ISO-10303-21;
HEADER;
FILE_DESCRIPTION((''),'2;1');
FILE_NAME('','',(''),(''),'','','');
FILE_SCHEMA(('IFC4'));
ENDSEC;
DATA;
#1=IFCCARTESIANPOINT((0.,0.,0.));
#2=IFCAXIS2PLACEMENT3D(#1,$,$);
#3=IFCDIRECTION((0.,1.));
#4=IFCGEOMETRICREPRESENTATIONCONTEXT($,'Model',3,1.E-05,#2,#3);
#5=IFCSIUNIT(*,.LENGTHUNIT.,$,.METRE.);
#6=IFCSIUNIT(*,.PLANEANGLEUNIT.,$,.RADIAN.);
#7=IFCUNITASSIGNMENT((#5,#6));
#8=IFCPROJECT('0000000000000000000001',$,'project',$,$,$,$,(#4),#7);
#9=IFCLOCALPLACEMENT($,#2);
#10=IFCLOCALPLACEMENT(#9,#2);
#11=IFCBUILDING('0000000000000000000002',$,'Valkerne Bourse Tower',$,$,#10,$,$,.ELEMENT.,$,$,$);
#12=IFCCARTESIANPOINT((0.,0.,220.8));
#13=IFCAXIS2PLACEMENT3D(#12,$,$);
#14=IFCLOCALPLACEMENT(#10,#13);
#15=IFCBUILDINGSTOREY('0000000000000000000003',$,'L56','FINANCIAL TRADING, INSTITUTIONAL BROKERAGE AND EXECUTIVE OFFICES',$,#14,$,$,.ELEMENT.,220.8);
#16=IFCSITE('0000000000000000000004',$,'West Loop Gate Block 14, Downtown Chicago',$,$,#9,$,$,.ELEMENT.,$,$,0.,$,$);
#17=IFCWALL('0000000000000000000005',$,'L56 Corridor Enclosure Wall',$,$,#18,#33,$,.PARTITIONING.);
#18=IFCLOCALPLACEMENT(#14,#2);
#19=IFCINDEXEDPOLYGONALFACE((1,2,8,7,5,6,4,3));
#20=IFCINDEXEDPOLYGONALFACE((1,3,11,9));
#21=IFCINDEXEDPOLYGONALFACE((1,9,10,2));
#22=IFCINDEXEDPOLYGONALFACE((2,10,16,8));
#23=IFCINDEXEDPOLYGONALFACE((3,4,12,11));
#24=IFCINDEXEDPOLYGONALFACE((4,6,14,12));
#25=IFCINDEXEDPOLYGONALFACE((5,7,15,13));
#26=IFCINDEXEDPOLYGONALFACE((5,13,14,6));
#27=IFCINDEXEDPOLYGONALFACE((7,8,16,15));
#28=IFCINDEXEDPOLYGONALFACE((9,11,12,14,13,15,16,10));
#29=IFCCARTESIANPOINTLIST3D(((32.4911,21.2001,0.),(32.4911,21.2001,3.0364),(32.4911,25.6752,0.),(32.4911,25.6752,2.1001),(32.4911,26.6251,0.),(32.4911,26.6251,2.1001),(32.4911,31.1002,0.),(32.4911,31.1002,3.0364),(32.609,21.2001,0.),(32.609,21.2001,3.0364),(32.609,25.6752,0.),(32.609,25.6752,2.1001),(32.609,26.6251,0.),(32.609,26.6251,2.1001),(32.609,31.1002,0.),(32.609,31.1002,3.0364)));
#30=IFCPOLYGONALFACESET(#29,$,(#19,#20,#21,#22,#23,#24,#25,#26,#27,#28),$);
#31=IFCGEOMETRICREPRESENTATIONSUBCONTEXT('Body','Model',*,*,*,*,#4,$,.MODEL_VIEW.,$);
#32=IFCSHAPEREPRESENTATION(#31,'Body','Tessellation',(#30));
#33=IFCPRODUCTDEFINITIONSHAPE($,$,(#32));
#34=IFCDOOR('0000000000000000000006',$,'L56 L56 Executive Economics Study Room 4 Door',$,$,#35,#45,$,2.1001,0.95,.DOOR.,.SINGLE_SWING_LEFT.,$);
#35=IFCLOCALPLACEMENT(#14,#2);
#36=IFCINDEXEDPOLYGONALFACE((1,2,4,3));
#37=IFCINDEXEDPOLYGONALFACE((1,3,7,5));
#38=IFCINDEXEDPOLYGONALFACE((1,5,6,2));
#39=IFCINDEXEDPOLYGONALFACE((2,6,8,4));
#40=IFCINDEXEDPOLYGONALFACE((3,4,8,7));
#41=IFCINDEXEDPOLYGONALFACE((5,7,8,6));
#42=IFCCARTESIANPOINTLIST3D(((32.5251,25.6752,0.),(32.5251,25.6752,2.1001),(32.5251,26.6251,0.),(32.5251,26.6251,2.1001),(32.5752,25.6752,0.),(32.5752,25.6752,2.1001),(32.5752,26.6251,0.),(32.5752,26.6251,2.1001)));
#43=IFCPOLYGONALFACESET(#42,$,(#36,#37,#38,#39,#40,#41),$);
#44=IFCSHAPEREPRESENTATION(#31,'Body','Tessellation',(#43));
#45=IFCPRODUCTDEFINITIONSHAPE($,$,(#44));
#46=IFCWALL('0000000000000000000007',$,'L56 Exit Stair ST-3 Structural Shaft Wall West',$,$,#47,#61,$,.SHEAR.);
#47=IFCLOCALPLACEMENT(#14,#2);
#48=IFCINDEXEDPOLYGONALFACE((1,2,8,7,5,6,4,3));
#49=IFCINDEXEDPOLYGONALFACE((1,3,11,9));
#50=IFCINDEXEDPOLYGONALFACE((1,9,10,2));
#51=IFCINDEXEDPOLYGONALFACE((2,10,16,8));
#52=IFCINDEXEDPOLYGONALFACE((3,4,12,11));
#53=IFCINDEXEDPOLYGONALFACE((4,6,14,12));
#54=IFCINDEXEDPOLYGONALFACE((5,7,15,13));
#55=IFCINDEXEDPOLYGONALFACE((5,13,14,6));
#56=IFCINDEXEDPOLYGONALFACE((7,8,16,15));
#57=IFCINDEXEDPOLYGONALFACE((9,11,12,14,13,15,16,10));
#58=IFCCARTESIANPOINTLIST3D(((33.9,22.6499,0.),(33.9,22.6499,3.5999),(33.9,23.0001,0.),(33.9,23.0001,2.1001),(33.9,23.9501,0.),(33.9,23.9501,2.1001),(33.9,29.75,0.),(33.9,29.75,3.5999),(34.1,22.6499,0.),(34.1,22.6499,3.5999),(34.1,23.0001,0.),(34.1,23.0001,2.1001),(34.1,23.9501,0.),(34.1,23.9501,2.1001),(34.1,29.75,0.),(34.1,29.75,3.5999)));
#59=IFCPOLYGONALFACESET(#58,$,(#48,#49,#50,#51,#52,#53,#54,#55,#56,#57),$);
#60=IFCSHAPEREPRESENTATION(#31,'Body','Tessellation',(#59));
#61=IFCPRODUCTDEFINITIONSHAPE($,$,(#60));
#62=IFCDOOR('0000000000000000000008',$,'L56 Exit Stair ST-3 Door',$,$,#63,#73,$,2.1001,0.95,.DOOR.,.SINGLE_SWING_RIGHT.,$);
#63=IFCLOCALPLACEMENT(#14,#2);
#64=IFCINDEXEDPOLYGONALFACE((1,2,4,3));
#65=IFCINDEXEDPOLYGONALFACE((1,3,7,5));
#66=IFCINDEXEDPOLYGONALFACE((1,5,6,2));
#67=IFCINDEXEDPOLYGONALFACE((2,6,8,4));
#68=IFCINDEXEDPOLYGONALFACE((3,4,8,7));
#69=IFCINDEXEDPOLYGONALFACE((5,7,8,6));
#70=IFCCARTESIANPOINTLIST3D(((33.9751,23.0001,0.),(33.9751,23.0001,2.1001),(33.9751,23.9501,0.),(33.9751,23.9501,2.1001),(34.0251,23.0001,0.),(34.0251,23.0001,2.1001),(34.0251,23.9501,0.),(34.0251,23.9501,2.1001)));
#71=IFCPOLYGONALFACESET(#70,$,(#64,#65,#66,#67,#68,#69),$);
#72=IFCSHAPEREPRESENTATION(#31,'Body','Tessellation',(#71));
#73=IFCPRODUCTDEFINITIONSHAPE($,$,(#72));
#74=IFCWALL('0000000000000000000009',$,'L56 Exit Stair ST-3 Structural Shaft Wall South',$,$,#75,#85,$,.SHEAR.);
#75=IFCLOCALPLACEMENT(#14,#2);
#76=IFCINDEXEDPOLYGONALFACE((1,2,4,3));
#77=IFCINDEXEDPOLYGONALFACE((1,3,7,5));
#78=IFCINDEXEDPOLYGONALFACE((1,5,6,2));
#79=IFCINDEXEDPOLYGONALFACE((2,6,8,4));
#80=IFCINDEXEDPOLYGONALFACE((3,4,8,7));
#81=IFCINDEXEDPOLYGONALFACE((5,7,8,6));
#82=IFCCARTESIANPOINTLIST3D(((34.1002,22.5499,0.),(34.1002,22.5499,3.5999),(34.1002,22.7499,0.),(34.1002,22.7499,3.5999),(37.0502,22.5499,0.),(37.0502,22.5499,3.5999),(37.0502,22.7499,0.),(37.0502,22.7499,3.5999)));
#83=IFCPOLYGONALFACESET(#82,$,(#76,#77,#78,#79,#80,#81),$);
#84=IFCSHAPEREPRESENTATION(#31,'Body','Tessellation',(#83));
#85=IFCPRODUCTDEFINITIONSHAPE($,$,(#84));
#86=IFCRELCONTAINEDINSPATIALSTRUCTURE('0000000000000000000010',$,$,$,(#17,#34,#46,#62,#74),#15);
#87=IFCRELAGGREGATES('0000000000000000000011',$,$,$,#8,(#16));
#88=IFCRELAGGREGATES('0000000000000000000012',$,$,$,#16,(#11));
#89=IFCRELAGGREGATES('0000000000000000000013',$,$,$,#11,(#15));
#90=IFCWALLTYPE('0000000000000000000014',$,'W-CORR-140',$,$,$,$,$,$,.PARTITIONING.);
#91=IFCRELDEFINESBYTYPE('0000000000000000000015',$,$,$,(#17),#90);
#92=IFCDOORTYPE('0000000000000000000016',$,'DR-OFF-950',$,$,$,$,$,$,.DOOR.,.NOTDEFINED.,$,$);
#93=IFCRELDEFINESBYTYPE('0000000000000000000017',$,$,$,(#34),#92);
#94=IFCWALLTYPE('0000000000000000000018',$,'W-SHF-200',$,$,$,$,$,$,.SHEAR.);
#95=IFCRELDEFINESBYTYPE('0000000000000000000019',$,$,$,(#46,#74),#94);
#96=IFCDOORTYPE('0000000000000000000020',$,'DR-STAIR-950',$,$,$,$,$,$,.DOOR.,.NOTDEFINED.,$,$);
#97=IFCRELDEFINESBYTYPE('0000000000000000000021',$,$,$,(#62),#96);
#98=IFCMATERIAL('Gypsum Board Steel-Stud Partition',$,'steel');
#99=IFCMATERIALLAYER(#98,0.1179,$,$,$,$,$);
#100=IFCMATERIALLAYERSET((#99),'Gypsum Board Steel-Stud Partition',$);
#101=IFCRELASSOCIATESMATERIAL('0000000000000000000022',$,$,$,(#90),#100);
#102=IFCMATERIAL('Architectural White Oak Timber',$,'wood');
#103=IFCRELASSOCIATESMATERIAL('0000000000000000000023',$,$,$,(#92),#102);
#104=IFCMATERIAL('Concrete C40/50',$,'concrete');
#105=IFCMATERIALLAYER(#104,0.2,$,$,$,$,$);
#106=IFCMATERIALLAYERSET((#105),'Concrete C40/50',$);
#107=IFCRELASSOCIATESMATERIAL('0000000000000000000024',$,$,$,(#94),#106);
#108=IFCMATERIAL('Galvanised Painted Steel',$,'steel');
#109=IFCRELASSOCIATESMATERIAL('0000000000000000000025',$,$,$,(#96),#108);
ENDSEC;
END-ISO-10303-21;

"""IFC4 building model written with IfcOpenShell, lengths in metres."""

from ifc_helpers import new_model, si_unit, direction, frame, frame_2d, origin, place, context, subcontext, project, spatial, rectangle, extrude, material, layer, layer_set, type_object, element, fill, save


model = new_model("IFC4")

# Units and contexts
model_context = context("Model", 3, precision=1e-05, world=origin(), true_north=direction((0.0, 1.0)))
body_context = subcontext(model_context, "Body", "Model", "MODEL_VIEW")
ifc_project = project(units=[si_unit("LENGTHUNIT", "METRE"), si_unit("PLANEANGLEUNIT", "RADIAN")], contexts=[model_context])

# Site, building, storey
site_placement = place(None, origin())
site = spatial("IfcSite", under=ifc_project, at=site_placement, Name="West Loop Gate Block 14, Downtown Chicago", CompositionType="ELEMENT", RefElevation=0.0)
building_placement = place(site_placement, origin())
building = spatial("IfcBuilding", under=site, at=building_placement, Name="Valkerne Bourse Tower", CompositionType="ELEMENT")
storey_placement = place(building_placement, frame((0.0, 0.0, 220.8)))
storey = spatial("IfcBuildingStorey", under=building, at=storey_placement, Name="L56", Description="FINANCIAL TRADING, INSTITUTIONAL BROKERAGE AND EXECUTIVE OFFICES", CompositionType="ELEMENT", Elevation=220.8)

# Walls, openings, doors
ifc_material_1 = material(Name="Gypsum Board Steel-Stud Partition", Category="steel")
ifc_layer_1 = layer(ifc_material_1, 0.1179)
ifc_layer_set_1 = layer_set([ifc_layer_1], Name="Gypsum Board Steel-Stud Partition")
wall_type_1 = type_object("IfcWallType", Name="W-CORR-140", PredefinedType="PARTITIONING", material=ifc_layer_set_1)
wall_1_placement = place(storey_placement, frame((32.55, 21.2, 0.0), z_axis=(0.0, 0.0, 1.0), x_axis=(0.0, 1.0, 0.0)))
wall_1 = element("IfcWall", 1, at=wall_1_placement, inside=storey, type_object=wall_type_1, Name="L56 Corridor Enclosure Wall", PredefinedType="PARTITIONING", context=body_context, shape_type="SweptSolid", body=[
    extrude(rectangle(XDim=9.9001, YDim=0.1179, at=frame_2d((4.9502, 0.0))), origin(), (0.0, 0.0, 1.0), 3.0364),
])
opening_1_placement = place(wall_1_placement, frame((4.4751, 0.0, 0.0)))
opening_1 = element("IfcOpeningElement", 2, at=opening_1_placement, cuts=wall_1, PredefinedType="OPENING", context=body_context, shape_type="SweptSolid", body=[
    extrude(rectangle(XDim=0.95, YDim=2.1001, at=frame_2d((0.4751, 1.05))), frame((0.0, 0.0688, 0.0), z_axis=(0.0, -1.0, 0.0), x_axis=(1.0, 0.0, 0.0)), (0.0, 0.0, 1.0), 0.1379),
])
ifc_material_2 = material(Name="Architectural White Oak Timber", Category="wood")
door_type_1 = type_object("IfcDoorType", Name="DR-OFF-950", OperationType="NOTDEFINED", PredefinedType="DOOR", material=ifc_material_2)
door_1_placement = place(opening_1_placement, origin())
door_1 = element("IfcDoor", 3, at=door_1_placement, inside=storey, type_object=door_type_1, Name="L56 L56 Executive Economics Study Room 4 Door", OperationType="SINGLE_SWING_LEFT", OverallHeight=2.1001, OverallWidth=0.95, PredefinedType="DOOR", context=body_context, shape_type="SweptSolid", body=[
    extrude(rectangle(XDim=0.95, YDim=2.1001, at=frame_2d((0.4751, 1.05))), frame((0.0, 0.0249, 0.0), z_axis=(0.0, -1.0, 0.0), x_axis=(1.0, 0.0, 0.0)), (0.0, 0.0, 1.0), 0.05),
])
fill(opening_1, door_1)
ifc_material_3 = material(Name="Concrete C40/50", Category="concrete")
ifc_layer_2 = layer(ifc_material_3, 0.2)
ifc_layer_set_2 = layer_set([ifc_layer_2], Name="Concrete C40/50")
wall_type_2 = type_object("IfcWallType", Name="W-SHF-200", PredefinedType="SHEAR", material=ifc_layer_set_2)
wall_2_placement = place(storey_placement, frame((34.0, 22.6499, 0.0), z_axis=(0.0, 0.0, 1.0), x_axis=(0.0, 1.0, 0.0)))
wall_2 = element("IfcWall", 4, at=wall_2_placement, inside=storey, type_object=wall_type_2, Name="L56 Exit Stair ST-3 Structural Shaft Wall West", PredefinedType="SHEAR", context=body_context, shape_type="SweptSolid", body=[
    extrude(rectangle(XDim=7.1001, YDim=0.2, at=frame_2d((3.55, 0.0))), origin(), (0.0, 0.0, 1.0), 3.5999),
])
opening_2_placement = place(wall_2_placement, frame((0.3501, 0.0, 0.0)))
opening_2 = element("IfcOpeningElement", 5, at=opening_2_placement, cuts=wall_2, PredefinedType="OPENING", context=body_context, shape_type="SweptSolid", body=[
    extrude(rectangle(XDim=0.95, YDim=2.1001, at=frame_2d((0.4751, 1.05))), frame((0.0, 0.1099, 0.0), z_axis=(0.0, -1.0, 0.0), x_axis=(1.0, 0.0, 0.0)), (0.0, 0.0, 1.0), 0.22),
])
ifc_material_4 = material(Name="Galvanised Painted Steel", Category="steel")
door_type_2 = type_object("IfcDoorType", Name="DR-STAIR-950", OperationType="NOTDEFINED", PredefinedType="DOOR", material=ifc_material_4)
door_2_placement = place(opening_2_placement, origin())
door_2 = element("IfcDoor", 6, at=door_2_placement, inside=storey, type_object=door_type_2, Name="L56 Exit Stair ST-3 Door", OperationType="SINGLE_SWING_RIGHT", OverallHeight=2.1001, OverallWidth=0.95, PredefinedType="DOOR", context=body_context, shape_type="SweptSolid", body=[
    extrude(rectangle(XDim=0.95, YDim=2.1001, at=frame_2d((0.4751, 1.05))), frame((0.0, 0.0249, 0.0), z_axis=(0.0, -1.0, 0.0), x_axis=(1.0, 0.0, 0.0)), (0.0, 0.0, 1.0), 0.05),
])
fill(opening_2, door_2)

# Wall
wall_3_placement = place(storey_placement, frame((34.1001, 22.6499, 0.0), z_axis=(0.0, 0.0, 1.0), x_axis=(1.0, 0.0, 0.0)))
element("IfcWall", 7, at=wall_3_placement, inside=storey, type_object=wall_type_2, Name="L56 Exit Stair ST-3 Structural Shaft Wall South", PredefinedType="SHEAR", context=body_context, shape_type="SweptSolid", body=[
    extrude(rectangle(XDim=2.95, YDim=0.2, at=frame_2d((1.4751, 0.0))), origin(), (0.0, 0.0, 1.0), 3.5999),
])

save(model, "model.ifc")
